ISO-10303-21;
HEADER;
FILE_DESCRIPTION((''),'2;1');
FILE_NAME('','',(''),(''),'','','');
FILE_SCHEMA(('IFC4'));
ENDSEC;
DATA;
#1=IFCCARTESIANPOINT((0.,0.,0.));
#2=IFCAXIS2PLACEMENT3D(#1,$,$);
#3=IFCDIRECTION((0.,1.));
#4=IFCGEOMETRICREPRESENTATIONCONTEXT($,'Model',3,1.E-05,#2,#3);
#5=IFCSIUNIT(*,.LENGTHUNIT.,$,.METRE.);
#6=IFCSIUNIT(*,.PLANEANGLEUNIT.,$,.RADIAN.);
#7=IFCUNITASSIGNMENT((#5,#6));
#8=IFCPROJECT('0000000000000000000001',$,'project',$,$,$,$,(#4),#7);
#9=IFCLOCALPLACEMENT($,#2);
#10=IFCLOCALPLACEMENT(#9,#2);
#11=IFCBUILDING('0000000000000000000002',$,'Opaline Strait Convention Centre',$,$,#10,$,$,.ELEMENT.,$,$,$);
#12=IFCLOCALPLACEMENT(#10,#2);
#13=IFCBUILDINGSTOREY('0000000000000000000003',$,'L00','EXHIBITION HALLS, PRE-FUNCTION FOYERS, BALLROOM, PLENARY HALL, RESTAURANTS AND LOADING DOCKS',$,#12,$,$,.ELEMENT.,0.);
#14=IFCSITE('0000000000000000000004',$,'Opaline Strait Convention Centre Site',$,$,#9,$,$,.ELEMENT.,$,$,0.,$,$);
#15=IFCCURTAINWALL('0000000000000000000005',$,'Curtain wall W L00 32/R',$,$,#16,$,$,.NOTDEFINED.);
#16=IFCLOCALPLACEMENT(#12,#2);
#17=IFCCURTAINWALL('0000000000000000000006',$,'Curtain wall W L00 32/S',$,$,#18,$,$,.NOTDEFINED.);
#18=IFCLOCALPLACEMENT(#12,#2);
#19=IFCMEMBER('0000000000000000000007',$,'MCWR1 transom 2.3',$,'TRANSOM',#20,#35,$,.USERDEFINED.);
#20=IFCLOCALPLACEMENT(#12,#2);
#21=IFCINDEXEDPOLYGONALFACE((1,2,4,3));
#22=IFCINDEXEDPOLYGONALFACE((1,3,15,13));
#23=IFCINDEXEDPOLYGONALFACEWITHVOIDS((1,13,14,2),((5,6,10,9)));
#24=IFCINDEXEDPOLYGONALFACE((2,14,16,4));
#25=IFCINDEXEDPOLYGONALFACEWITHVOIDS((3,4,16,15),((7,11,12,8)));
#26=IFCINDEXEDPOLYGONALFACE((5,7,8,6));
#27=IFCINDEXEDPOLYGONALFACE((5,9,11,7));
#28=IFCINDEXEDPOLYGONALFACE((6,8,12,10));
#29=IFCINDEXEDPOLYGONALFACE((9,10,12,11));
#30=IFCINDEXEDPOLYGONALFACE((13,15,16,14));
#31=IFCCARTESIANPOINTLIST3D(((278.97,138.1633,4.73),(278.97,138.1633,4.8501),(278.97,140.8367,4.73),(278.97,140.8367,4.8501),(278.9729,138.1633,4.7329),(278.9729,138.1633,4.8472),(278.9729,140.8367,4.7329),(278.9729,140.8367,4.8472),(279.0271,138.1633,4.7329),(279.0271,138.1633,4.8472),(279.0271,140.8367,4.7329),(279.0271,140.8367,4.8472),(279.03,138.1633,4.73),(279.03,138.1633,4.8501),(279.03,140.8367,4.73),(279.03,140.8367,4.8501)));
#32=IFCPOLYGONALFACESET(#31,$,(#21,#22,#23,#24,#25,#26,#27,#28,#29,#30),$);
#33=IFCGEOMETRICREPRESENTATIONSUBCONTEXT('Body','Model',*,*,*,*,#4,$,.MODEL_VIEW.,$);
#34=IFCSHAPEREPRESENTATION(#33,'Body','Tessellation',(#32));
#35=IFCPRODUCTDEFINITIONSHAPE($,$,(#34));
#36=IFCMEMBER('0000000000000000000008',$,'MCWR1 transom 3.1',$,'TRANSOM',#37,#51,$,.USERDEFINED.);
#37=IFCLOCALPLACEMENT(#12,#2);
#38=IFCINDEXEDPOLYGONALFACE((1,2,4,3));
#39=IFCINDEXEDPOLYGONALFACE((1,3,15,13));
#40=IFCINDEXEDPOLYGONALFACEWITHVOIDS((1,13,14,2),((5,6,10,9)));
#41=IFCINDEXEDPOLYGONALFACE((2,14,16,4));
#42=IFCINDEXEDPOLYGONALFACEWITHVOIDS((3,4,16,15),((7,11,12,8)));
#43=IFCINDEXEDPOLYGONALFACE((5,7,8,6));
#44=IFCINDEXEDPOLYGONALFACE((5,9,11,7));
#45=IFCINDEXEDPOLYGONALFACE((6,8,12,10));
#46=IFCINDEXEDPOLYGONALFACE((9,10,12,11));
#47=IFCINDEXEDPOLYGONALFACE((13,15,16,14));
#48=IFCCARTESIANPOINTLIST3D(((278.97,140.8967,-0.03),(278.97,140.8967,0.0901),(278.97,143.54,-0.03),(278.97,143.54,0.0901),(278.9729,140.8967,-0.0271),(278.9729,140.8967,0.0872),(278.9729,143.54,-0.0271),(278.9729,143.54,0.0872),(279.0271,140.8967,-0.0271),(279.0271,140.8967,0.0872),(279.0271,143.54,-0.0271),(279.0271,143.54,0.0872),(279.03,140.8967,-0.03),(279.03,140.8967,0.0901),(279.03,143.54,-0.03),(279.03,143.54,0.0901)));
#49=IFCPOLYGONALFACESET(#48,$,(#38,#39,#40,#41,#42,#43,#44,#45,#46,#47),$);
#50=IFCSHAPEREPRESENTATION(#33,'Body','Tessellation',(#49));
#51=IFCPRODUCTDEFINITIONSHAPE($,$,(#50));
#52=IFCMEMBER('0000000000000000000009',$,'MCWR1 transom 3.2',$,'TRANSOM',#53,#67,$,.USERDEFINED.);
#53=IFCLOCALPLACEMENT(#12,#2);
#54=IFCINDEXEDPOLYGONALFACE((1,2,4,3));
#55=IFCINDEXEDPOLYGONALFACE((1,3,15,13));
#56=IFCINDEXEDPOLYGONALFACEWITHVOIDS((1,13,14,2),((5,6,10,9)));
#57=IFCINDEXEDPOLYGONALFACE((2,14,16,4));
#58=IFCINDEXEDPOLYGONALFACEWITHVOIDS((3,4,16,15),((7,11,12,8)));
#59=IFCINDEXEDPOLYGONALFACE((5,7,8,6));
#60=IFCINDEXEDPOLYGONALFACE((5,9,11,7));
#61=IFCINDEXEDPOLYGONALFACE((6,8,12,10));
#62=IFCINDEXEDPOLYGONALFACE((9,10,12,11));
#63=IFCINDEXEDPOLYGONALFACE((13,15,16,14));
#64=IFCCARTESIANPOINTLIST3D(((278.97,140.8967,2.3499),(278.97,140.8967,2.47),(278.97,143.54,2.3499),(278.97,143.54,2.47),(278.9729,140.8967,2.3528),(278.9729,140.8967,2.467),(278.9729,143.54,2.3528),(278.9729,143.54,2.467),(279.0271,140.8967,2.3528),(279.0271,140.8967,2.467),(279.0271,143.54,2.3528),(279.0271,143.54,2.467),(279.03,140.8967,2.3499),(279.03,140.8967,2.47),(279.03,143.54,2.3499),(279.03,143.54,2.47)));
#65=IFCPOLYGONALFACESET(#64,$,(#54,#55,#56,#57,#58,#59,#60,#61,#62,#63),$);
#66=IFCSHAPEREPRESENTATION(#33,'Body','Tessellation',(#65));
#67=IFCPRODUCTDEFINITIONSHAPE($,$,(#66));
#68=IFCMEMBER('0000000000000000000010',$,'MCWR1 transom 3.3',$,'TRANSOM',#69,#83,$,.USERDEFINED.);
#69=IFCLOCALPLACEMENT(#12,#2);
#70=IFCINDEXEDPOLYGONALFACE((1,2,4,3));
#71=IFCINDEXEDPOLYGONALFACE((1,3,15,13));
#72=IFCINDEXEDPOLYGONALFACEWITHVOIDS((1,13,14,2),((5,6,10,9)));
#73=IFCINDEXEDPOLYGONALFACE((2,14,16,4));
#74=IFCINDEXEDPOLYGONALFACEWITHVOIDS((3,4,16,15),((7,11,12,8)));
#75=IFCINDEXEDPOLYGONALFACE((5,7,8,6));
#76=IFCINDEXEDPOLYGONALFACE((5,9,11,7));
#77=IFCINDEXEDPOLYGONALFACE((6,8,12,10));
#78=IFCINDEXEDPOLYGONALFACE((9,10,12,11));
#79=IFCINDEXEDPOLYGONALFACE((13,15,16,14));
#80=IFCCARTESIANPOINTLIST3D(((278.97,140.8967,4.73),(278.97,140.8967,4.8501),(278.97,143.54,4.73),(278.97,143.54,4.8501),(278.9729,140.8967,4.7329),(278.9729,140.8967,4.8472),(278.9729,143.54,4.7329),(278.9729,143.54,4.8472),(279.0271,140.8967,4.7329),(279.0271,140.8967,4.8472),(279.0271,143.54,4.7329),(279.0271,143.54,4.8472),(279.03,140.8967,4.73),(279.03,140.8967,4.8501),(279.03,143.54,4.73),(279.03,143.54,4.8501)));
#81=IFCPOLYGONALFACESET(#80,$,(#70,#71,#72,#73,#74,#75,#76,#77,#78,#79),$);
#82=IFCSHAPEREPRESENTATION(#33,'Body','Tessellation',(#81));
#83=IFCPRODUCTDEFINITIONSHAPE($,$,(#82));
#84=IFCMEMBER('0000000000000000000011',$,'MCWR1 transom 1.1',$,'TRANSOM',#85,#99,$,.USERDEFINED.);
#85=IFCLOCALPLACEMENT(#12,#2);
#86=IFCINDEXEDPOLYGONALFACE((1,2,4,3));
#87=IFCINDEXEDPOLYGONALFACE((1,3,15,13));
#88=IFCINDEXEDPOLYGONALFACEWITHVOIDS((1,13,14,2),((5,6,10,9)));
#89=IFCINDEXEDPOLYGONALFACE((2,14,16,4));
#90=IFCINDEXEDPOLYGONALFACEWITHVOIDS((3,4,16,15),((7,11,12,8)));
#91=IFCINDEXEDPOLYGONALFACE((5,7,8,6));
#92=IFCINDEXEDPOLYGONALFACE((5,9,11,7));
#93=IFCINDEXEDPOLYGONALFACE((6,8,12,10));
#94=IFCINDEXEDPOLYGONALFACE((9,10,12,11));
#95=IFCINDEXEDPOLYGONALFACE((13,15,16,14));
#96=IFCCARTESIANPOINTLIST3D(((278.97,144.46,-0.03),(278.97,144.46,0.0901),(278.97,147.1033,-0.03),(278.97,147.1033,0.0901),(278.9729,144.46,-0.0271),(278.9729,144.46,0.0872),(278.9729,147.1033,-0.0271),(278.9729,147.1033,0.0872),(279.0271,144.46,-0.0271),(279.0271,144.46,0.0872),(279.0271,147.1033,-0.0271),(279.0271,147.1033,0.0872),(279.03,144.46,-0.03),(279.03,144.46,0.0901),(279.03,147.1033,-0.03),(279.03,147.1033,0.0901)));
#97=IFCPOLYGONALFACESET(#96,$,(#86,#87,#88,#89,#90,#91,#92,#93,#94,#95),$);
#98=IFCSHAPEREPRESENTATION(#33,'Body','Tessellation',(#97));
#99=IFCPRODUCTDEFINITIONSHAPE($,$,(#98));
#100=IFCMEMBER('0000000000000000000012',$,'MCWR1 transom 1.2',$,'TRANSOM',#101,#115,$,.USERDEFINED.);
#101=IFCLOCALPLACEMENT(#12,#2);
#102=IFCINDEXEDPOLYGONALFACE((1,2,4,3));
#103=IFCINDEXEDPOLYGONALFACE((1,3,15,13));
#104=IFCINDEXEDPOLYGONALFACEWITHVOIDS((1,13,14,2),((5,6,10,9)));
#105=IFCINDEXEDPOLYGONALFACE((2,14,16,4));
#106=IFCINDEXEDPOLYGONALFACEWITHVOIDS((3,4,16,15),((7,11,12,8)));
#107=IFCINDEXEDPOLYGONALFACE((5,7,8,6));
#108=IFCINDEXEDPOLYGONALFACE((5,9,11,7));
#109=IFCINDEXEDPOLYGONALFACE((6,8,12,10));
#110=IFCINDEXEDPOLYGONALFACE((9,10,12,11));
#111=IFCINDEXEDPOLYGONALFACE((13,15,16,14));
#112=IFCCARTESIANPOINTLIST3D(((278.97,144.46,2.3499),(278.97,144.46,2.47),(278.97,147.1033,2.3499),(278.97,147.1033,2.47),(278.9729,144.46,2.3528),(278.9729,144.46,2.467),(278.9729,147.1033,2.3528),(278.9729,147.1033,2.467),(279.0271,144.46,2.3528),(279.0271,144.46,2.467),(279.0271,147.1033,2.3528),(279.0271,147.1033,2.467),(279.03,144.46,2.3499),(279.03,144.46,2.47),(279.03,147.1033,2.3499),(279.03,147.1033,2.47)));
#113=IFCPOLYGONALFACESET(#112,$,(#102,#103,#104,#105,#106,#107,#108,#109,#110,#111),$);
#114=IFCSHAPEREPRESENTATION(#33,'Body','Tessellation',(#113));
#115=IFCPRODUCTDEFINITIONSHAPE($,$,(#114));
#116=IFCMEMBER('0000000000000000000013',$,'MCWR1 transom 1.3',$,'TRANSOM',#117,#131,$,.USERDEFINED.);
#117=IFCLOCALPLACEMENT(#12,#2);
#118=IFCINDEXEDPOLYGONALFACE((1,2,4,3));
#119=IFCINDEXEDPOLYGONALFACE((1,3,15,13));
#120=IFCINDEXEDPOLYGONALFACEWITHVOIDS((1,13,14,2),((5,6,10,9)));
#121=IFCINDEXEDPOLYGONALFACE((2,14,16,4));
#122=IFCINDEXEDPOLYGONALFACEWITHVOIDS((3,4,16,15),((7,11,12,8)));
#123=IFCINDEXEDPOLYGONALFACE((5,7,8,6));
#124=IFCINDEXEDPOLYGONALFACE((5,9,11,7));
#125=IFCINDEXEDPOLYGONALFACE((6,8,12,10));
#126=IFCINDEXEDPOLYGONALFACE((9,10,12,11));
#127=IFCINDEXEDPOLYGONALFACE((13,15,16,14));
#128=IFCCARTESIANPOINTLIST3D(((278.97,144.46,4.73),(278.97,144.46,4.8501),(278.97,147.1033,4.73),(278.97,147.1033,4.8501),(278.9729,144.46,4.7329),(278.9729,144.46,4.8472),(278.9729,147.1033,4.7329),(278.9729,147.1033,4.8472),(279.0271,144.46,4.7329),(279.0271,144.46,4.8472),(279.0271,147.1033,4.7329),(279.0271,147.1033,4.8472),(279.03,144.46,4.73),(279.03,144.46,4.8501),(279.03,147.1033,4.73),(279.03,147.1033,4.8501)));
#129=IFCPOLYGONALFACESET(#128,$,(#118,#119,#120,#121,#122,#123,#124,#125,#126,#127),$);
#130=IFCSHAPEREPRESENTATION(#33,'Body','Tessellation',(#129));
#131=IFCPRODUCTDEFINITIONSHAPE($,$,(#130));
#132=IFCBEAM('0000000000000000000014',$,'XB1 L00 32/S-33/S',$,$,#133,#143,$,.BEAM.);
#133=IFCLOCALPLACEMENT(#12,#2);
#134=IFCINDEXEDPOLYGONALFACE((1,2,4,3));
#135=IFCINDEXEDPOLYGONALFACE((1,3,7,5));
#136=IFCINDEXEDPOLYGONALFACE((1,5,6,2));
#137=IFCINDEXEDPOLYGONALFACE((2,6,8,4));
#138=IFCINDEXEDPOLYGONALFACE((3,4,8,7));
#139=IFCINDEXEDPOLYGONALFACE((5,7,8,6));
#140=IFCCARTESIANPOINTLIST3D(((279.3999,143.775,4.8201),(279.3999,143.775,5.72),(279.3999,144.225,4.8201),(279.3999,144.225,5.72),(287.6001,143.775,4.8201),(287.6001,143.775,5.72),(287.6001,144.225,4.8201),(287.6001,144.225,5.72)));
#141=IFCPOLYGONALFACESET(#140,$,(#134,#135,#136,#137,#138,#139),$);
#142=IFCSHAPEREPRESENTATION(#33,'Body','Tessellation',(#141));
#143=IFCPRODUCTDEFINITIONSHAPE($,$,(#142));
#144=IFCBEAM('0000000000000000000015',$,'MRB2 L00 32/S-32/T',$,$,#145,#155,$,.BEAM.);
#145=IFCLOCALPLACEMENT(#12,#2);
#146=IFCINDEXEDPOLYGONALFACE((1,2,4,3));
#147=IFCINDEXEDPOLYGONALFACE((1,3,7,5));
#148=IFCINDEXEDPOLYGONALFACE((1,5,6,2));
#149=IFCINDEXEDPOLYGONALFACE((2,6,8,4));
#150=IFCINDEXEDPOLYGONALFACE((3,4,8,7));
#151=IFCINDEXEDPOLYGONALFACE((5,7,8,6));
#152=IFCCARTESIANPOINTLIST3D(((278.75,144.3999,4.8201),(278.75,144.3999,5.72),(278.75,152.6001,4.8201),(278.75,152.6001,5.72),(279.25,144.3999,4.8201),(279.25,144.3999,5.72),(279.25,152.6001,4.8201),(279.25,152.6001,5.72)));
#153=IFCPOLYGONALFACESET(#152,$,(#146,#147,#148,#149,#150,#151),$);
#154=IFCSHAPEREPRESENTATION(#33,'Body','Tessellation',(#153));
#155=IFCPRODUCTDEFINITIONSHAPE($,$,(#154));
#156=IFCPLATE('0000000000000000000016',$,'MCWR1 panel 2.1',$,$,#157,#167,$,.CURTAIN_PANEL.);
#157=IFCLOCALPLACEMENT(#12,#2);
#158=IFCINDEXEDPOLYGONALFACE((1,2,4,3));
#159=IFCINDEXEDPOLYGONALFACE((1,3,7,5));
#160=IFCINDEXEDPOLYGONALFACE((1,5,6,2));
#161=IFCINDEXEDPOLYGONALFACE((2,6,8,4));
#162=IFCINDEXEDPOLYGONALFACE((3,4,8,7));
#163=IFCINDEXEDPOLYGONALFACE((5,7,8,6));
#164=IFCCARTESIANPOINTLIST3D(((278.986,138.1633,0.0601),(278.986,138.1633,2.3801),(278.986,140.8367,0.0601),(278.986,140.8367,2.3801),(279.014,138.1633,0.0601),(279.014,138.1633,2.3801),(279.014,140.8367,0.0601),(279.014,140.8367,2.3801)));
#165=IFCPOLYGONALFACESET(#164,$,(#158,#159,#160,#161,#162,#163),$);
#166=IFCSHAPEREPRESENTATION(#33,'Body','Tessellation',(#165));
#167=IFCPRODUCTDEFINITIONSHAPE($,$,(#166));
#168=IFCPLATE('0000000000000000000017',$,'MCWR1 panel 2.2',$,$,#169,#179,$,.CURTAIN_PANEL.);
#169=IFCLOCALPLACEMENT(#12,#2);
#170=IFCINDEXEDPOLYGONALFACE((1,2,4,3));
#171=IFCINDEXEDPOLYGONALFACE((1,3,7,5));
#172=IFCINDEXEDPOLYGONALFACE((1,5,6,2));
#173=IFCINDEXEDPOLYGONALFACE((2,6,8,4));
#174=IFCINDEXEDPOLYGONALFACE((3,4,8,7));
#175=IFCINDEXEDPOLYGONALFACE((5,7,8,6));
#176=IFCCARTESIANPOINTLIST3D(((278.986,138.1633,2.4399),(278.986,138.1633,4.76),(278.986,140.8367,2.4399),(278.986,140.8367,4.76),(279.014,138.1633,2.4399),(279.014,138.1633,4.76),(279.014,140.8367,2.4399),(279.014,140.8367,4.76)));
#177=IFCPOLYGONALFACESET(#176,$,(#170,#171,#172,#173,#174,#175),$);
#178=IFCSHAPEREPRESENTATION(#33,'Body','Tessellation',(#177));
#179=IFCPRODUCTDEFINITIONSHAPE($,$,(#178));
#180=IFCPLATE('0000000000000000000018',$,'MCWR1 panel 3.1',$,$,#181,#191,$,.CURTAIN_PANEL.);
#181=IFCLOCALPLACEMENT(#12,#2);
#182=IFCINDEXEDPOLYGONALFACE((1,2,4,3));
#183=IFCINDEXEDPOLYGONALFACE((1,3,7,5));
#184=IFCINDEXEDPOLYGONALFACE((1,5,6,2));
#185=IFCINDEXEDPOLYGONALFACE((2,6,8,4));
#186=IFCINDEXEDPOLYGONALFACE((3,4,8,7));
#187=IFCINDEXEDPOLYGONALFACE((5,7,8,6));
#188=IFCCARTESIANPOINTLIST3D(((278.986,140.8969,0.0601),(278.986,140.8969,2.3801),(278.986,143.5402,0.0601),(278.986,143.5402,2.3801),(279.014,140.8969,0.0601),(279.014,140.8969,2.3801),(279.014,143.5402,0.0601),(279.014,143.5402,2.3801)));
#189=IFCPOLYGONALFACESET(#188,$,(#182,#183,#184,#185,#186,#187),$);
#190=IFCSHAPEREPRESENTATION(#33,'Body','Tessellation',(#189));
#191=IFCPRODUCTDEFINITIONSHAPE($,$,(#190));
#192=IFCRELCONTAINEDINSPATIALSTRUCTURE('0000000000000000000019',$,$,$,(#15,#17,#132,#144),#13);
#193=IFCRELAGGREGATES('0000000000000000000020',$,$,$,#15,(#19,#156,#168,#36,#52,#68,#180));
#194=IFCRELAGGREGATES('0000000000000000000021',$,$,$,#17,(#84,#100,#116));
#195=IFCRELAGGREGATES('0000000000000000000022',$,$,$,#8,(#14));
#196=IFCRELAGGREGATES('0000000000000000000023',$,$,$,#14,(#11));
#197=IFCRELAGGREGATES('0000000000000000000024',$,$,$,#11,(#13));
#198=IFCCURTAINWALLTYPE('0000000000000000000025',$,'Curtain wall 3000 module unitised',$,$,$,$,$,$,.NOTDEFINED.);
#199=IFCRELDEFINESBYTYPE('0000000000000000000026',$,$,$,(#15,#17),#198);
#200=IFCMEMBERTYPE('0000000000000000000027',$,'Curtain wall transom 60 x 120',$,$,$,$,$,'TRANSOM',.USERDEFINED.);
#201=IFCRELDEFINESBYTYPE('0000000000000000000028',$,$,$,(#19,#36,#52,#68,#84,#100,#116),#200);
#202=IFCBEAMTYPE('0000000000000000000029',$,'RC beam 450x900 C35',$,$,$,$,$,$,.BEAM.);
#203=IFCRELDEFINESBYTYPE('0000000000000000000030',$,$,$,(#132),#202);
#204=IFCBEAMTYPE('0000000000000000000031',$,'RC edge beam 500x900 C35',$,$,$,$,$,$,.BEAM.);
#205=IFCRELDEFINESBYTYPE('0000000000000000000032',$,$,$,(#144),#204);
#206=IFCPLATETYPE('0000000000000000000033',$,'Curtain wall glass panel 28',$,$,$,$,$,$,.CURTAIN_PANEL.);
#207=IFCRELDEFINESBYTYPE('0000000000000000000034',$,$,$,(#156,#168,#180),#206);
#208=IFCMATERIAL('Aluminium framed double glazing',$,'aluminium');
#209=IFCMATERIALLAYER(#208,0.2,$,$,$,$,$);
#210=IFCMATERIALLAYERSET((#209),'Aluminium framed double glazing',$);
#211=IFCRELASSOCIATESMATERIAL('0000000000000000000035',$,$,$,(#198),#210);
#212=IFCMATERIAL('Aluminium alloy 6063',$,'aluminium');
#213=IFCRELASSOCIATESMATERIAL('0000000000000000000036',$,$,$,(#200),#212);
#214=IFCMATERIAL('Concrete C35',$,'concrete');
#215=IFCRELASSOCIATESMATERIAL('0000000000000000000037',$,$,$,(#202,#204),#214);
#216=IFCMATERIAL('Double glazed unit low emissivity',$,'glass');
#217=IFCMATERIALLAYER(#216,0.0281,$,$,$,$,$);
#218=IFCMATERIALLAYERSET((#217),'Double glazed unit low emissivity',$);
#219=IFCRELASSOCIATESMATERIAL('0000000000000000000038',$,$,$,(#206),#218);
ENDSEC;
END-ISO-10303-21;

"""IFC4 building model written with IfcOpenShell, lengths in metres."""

from ifc_helpers import new_model, si_unit, direction, frame, origin, origin_2d, place, context, subcontext, project, spatial, rectangle, hollow_rectangle, extrude, material, layer, layer_set, material_profile, profile_set, type_object, element, aggregate, save


model = new_model("IFC4")

# Units and contexts
model_context = context("Model", 3, precision=1e-05, world=origin(), true_north=direction((0.0, 1.0)))
body_context = subcontext(model_context, "Body", "Model", "MODEL_VIEW")
ifc_project = project(units=[si_unit("LENGTHUNIT", "METRE"), si_unit("PLANEANGLEUNIT", "RADIAN")], contexts=[model_context])

# Site, building, storey
site_placement = place(None, origin())
site = spatial("IfcSite", under=ifc_project, at=site_placement, Name="Opaline Strait Convention Centre Site", CompositionType="ELEMENT", RefElevation=0.0)
building_placement = place(site_placement, origin())
building = spatial("IfcBuilding", under=site, at=building_placement, Name="Opaline Strait Convention Centre", CompositionType="ELEMENT")
storey_placement = place(building_placement, origin())
storey = spatial("IfcBuildingStorey", under=building, at=storey_placement, Name="L00", Description="EXHIBITION HALLS, PRE-FUNCTION FOYERS, BALLROOM, PLENARY HALL, RESTAURANTS AND LOADING DOCKS", CompositionType="ELEMENT", Elevation=0.0)

# Shared definitions
ifc_material_1 = material(Name="Concrete C35", Category="concrete")

# Curtain wall
ifc_material_2 = material(Name="Aluminium framed double glazing", Category="aluminium")
ifc_layer_1 = layer(ifc_material_2, 0.2)
ifc_layer_set_1 = layer_set([ifc_layer_1], Name="Aluminium framed double glazing")
curtain_wall_type = type_object("IfcCurtainWallType", Name="Curtain wall 3000 module unitised", PredefinedType="NOTDEFINED", material=ifc_layer_set_1)
curtain_wall_1_placement = place(storey_placement, origin())
curtain_wall_1 = element("IfcCurtainWall", 1, at=curtain_wall_1_placement, inside=storey, type_object=curtain_wall_type, Name="Curtain wall W L00 32/R", PredefinedType="NOTDEFINED")
ifc_material_3 = material(Name="Aluminium alloy 6063", Category="aluminium")

# Curtain wall
curtain_wall_2_placement = place(storey_placement, origin())
curtain_wall_2 = element("IfcCurtainWall", 2, at=curtain_wall_2_placement, inside=storey, type_object=curtain_wall_type, Name="Curtain wall W L00 32/S", PredefinedType="NOTDEFINED")

# Members
ifc_material_profile_1 = material_profile(ifc_material_3, hollow_rectangle(XDim=0.0601, YDim=0.1201, WallThickness=0.0029, at=origin_2d()), Name="TRANSOM 60x120x3")
ifc_profile_set_1 = profile_set([ifc_material_profile_1], Name="Aluminium alloy 6063")
member_type_1 = type_object("IfcMemberType", Name="Curtain wall transom 60 x 120", ElementType="TRANSOM", PredefinedType="USERDEFINED", material=ifc_profile_set_1)
member_1_placement = place(storey_placement, frame((279.0, 138.1633, 4.79), z_axis=(0.0, 1.0, 0.0), x_axis=(-1.0, 0.0, 0.0)))
member_1 = element("IfcMember", 3, at=member_1_placement, type_object=member_type_1, Name="MCWR1 transom 2.3", ObjectType="TRANSOM", PredefinedType="USERDEFINED", context=body_context, shape_type="SweptSolid", body=[
    extrude(hollow_rectangle(XDim=0.0601, YDim=0.1201, WallThickness=0.0029, at=origin_2d()), origin(), (0.0, 0.0, 1.0), 2.6733),
])
member_2_placement = place(storey_placement, frame((279.0, 140.8967, 0.03), z_axis=(0.0, 1.0, 0.0), x_axis=(-1.0, 0.0, 0.0)))
member_2 = element("IfcMember", 4, at=member_2_placement, type_object=member_type_1, Name="MCWR1 transom 3.1", ObjectType="TRANSOM", PredefinedType="USERDEFINED", context=body_context, shape_type="SweptSolid", body=[
    extrude(hollow_rectangle(XDim=0.0601, YDim=0.1201, WallThickness=0.0029, at=origin_2d()), origin(), (0.0, 0.0, 1.0), 2.6433),
])
member_3_placement = place(storey_placement, frame((279.0, 140.8967, 2.4099), z_axis=(0.0, 1.0, 0.0), x_axis=(-1.0, 0.0, 0.0)))
member_3 = element("IfcMember", 5, at=member_3_placement, type_object=member_type_1, Name="MCWR1 transom 3.2", ObjectType="TRANSOM", PredefinedType="USERDEFINED", context=body_context, shape_type="SweptSolid", body=[
    extrude(hollow_rectangle(XDim=0.0601, YDim=0.1201, WallThickness=0.0029, at=origin_2d()), origin(), (0.0, 0.0, 1.0), 2.6433),
])
member_4_placement = place(storey_placement, frame((279.0, 140.8967, 4.79), z_axis=(0.0, 1.0, 0.0), x_axis=(-1.0, 0.0, 0.0)))
member_4 = element("IfcMember", 6, at=member_4_placement, type_object=member_type_1, Name="MCWR1 transom 3.3", ObjectType="TRANSOM", PredefinedType="USERDEFINED", context=body_context, shape_type="SweptSolid", body=[
    extrude(hollow_rectangle(XDim=0.0601, YDim=0.1201, WallThickness=0.0029, at=origin_2d()), origin(), (0.0, 0.0, 1.0), 2.6433),
])
member_5_placement = place(storey_placement, frame((279.0, 144.46, 0.03), z_axis=(0.0, 1.0, 0.0), x_axis=(-1.0, 0.0, 0.0)))
member_5 = element("IfcMember", 7, at=member_5_placement, type_object=member_type_1, Name="MCWR1 transom 1.1", ObjectType="TRANSOM", PredefinedType="USERDEFINED", context=body_context, shape_type="SweptSolid", body=[
    extrude(hollow_rectangle(XDim=0.0601, YDim=0.1201, WallThickness=0.0029, at=origin_2d()), origin(), (0.0, 0.0, 1.0), 2.6433),
])
member_6_placement = place(storey_placement, frame((279.0, 144.46, 2.4099), z_axis=(0.0, 1.0, 0.0), x_axis=(-1.0, 0.0, 0.0)))
member_6 = element("IfcMember", 8, at=member_6_placement, type_object=member_type_1, Name="MCWR1 transom 1.2", ObjectType="TRANSOM", PredefinedType="USERDEFINED", context=body_context, shape_type="SweptSolid", body=[
    extrude(hollow_rectangle(XDim=0.0601, YDim=0.1201, WallThickness=0.0029, at=origin_2d()), origin(), (0.0, 0.0, 1.0), 2.6433),
])
member_7_placement = place(storey_placement, frame((279.0, 144.46, 4.79), z_axis=(0.0, 1.0, 0.0), x_axis=(-1.0, 0.0, 0.0)))
member_7 = element("IfcMember", 9, at=member_7_placement, type_object=member_type_1, Name="MCWR1 transom 1.3", ObjectType="TRANSOM", PredefinedType="USERDEFINED", context=body_context, shape_type="SweptSolid", body=[
    extrude(hollow_rectangle(XDim=0.0601, YDim=0.1201, WallThickness=0.0029, at=origin_2d()), origin(), (0.0, 0.0, 1.0), 2.6433),
])

# Beams
ifc_material_profile_2 = material_profile(ifc_material_1, rectangle(XDim=0.45, YDim=0.8999, at=origin_2d()), Name="RC 450x900")
ifc_profile_set_2 = profile_set([ifc_material_profile_2], Name="Concrete C35")
beam_type_1 = type_object("IfcBeamType", Name="RC beam 450x900 C35", PredefinedType="BEAM", material=ifc_profile_set_2)
beam_1_placement = place(storey_placement, frame((279.3999, 144.0, 5.27), z_axis=(1.0, 0.0, 0.0), x_axis=(0.0, 1.0, 0.0)))
element("IfcBeam", 10, at=beam_1_placement, inside=storey, type_object=beam_type_1, Name="XB1 L00 32/S-33/S", PredefinedType="BEAM", context=body_context, shape_type="SweptSolid", body=[
    extrude(rectangle(XDim=0.45, YDim=0.8999, at=origin_2d()), origin(), (0.0, 0.0, 1.0), 8.2002),
])
ifc_material_profile_3 = material_profile(ifc_material_1, rectangle(XDim=0.5, YDim=0.8999, at=origin_2d()), Name="RC 500x900")
ifc_profile_set_3 = profile_set([ifc_material_profile_3], Name="Concrete C35")
beam_type_2 = type_object("IfcBeamType", Name="RC edge beam 500x900 C35", PredefinedType="BEAM", material=ifc_profile_set_3)
beam_2_placement = place(storey_placement, frame((279.0, 144.3999, 5.27), z_axis=(0.0, 1.0, 0.0), x_axis=(-1.0, 0.0, 0.0)))
element("IfcBeam", 11, at=beam_2_placement, inside=storey, type_object=beam_type_2, Name="MRB2 L00 32/S-32/T", PredefinedType="BEAM", context=body_context, shape_type="SweptSolid", body=[
    extrude(rectangle(XDim=0.5, YDim=0.8999, at=origin_2d()), origin(), (0.0, 0.0, 1.0), 8.2002),
])

# Plates
ifc_material_4 = material(Name="Double glazed unit low emissivity", Category="glass")
ifc_layer_2 = layer(ifc_material_4, 0.0281)
ifc_layer_set_2 = layer_set([ifc_layer_2], Name="Double glazed unit low emissivity")
plate_type = type_object("IfcPlateType", Name="Curtain wall glass panel 28", PredefinedType="CURTAIN_PANEL", material=ifc_layer_set_2)
plate_1_placement = place(storey_placement, frame((279.0, 139.5, 0.0601), z_axis=(0.0, 0.0, 1.0), x_axis=(0.0, 1.0, 0.0)))
plate_1 = element("IfcPlate", 12, at=plate_1_placement, type_object=plate_type, Name="MCWR1 panel 2.1", PredefinedType="CURTAIN_PANEL", context=body_context, shape_type="SweptSolid", body=[
    extrude(rectangle(XDim=2.6733, YDim=0.0281, at=origin_2d()), origin(), (0.0, 0.0, 1.0), 2.3201),
])
plate_2_placement = place(storey_placement, frame((279.0, 139.5, 2.4399), z_axis=(0.0, 0.0, 1.0), x_axis=(0.0, 1.0, 0.0)))
plate_2 = element("IfcPlate", 13, at=plate_2_placement, type_object=plate_type, Name="MCWR1 panel 2.2", PredefinedType="CURTAIN_PANEL", context=body_context, shape_type="SweptSolid", body=[
    extrude(rectangle(XDim=2.6733, YDim=0.0281, at=origin_2d()), origin(), (0.0, 0.0, 1.0), 2.3201),
])
plate_3_placement = place(storey_placement, frame((279.0, 142.2185, 0.0601), z_axis=(0.0, 0.0, 1.0), x_axis=(0.0, 1.0, 0.0)))
plate_3 = element("IfcPlate", 14, at=plate_3_placement, type_object=plate_type, Name="MCWR1 panel 3.1", PredefinedType="CURTAIN_PANEL", context=body_context, shape_type="SweptSolid", body=[
    extrude(rectangle(XDim=2.6433, YDim=0.0281, at=origin_2d()), origin(), (0.0, 0.0, 1.0), 2.3201),
])
aggregate(curtain_wall_1, [member_1, plate_1, plate_2, member_2, member_3, member_4, plate_3])
aggregate(curtain_wall_2, [member_5, member_6, member_7])

save(model, "model.ifc")
